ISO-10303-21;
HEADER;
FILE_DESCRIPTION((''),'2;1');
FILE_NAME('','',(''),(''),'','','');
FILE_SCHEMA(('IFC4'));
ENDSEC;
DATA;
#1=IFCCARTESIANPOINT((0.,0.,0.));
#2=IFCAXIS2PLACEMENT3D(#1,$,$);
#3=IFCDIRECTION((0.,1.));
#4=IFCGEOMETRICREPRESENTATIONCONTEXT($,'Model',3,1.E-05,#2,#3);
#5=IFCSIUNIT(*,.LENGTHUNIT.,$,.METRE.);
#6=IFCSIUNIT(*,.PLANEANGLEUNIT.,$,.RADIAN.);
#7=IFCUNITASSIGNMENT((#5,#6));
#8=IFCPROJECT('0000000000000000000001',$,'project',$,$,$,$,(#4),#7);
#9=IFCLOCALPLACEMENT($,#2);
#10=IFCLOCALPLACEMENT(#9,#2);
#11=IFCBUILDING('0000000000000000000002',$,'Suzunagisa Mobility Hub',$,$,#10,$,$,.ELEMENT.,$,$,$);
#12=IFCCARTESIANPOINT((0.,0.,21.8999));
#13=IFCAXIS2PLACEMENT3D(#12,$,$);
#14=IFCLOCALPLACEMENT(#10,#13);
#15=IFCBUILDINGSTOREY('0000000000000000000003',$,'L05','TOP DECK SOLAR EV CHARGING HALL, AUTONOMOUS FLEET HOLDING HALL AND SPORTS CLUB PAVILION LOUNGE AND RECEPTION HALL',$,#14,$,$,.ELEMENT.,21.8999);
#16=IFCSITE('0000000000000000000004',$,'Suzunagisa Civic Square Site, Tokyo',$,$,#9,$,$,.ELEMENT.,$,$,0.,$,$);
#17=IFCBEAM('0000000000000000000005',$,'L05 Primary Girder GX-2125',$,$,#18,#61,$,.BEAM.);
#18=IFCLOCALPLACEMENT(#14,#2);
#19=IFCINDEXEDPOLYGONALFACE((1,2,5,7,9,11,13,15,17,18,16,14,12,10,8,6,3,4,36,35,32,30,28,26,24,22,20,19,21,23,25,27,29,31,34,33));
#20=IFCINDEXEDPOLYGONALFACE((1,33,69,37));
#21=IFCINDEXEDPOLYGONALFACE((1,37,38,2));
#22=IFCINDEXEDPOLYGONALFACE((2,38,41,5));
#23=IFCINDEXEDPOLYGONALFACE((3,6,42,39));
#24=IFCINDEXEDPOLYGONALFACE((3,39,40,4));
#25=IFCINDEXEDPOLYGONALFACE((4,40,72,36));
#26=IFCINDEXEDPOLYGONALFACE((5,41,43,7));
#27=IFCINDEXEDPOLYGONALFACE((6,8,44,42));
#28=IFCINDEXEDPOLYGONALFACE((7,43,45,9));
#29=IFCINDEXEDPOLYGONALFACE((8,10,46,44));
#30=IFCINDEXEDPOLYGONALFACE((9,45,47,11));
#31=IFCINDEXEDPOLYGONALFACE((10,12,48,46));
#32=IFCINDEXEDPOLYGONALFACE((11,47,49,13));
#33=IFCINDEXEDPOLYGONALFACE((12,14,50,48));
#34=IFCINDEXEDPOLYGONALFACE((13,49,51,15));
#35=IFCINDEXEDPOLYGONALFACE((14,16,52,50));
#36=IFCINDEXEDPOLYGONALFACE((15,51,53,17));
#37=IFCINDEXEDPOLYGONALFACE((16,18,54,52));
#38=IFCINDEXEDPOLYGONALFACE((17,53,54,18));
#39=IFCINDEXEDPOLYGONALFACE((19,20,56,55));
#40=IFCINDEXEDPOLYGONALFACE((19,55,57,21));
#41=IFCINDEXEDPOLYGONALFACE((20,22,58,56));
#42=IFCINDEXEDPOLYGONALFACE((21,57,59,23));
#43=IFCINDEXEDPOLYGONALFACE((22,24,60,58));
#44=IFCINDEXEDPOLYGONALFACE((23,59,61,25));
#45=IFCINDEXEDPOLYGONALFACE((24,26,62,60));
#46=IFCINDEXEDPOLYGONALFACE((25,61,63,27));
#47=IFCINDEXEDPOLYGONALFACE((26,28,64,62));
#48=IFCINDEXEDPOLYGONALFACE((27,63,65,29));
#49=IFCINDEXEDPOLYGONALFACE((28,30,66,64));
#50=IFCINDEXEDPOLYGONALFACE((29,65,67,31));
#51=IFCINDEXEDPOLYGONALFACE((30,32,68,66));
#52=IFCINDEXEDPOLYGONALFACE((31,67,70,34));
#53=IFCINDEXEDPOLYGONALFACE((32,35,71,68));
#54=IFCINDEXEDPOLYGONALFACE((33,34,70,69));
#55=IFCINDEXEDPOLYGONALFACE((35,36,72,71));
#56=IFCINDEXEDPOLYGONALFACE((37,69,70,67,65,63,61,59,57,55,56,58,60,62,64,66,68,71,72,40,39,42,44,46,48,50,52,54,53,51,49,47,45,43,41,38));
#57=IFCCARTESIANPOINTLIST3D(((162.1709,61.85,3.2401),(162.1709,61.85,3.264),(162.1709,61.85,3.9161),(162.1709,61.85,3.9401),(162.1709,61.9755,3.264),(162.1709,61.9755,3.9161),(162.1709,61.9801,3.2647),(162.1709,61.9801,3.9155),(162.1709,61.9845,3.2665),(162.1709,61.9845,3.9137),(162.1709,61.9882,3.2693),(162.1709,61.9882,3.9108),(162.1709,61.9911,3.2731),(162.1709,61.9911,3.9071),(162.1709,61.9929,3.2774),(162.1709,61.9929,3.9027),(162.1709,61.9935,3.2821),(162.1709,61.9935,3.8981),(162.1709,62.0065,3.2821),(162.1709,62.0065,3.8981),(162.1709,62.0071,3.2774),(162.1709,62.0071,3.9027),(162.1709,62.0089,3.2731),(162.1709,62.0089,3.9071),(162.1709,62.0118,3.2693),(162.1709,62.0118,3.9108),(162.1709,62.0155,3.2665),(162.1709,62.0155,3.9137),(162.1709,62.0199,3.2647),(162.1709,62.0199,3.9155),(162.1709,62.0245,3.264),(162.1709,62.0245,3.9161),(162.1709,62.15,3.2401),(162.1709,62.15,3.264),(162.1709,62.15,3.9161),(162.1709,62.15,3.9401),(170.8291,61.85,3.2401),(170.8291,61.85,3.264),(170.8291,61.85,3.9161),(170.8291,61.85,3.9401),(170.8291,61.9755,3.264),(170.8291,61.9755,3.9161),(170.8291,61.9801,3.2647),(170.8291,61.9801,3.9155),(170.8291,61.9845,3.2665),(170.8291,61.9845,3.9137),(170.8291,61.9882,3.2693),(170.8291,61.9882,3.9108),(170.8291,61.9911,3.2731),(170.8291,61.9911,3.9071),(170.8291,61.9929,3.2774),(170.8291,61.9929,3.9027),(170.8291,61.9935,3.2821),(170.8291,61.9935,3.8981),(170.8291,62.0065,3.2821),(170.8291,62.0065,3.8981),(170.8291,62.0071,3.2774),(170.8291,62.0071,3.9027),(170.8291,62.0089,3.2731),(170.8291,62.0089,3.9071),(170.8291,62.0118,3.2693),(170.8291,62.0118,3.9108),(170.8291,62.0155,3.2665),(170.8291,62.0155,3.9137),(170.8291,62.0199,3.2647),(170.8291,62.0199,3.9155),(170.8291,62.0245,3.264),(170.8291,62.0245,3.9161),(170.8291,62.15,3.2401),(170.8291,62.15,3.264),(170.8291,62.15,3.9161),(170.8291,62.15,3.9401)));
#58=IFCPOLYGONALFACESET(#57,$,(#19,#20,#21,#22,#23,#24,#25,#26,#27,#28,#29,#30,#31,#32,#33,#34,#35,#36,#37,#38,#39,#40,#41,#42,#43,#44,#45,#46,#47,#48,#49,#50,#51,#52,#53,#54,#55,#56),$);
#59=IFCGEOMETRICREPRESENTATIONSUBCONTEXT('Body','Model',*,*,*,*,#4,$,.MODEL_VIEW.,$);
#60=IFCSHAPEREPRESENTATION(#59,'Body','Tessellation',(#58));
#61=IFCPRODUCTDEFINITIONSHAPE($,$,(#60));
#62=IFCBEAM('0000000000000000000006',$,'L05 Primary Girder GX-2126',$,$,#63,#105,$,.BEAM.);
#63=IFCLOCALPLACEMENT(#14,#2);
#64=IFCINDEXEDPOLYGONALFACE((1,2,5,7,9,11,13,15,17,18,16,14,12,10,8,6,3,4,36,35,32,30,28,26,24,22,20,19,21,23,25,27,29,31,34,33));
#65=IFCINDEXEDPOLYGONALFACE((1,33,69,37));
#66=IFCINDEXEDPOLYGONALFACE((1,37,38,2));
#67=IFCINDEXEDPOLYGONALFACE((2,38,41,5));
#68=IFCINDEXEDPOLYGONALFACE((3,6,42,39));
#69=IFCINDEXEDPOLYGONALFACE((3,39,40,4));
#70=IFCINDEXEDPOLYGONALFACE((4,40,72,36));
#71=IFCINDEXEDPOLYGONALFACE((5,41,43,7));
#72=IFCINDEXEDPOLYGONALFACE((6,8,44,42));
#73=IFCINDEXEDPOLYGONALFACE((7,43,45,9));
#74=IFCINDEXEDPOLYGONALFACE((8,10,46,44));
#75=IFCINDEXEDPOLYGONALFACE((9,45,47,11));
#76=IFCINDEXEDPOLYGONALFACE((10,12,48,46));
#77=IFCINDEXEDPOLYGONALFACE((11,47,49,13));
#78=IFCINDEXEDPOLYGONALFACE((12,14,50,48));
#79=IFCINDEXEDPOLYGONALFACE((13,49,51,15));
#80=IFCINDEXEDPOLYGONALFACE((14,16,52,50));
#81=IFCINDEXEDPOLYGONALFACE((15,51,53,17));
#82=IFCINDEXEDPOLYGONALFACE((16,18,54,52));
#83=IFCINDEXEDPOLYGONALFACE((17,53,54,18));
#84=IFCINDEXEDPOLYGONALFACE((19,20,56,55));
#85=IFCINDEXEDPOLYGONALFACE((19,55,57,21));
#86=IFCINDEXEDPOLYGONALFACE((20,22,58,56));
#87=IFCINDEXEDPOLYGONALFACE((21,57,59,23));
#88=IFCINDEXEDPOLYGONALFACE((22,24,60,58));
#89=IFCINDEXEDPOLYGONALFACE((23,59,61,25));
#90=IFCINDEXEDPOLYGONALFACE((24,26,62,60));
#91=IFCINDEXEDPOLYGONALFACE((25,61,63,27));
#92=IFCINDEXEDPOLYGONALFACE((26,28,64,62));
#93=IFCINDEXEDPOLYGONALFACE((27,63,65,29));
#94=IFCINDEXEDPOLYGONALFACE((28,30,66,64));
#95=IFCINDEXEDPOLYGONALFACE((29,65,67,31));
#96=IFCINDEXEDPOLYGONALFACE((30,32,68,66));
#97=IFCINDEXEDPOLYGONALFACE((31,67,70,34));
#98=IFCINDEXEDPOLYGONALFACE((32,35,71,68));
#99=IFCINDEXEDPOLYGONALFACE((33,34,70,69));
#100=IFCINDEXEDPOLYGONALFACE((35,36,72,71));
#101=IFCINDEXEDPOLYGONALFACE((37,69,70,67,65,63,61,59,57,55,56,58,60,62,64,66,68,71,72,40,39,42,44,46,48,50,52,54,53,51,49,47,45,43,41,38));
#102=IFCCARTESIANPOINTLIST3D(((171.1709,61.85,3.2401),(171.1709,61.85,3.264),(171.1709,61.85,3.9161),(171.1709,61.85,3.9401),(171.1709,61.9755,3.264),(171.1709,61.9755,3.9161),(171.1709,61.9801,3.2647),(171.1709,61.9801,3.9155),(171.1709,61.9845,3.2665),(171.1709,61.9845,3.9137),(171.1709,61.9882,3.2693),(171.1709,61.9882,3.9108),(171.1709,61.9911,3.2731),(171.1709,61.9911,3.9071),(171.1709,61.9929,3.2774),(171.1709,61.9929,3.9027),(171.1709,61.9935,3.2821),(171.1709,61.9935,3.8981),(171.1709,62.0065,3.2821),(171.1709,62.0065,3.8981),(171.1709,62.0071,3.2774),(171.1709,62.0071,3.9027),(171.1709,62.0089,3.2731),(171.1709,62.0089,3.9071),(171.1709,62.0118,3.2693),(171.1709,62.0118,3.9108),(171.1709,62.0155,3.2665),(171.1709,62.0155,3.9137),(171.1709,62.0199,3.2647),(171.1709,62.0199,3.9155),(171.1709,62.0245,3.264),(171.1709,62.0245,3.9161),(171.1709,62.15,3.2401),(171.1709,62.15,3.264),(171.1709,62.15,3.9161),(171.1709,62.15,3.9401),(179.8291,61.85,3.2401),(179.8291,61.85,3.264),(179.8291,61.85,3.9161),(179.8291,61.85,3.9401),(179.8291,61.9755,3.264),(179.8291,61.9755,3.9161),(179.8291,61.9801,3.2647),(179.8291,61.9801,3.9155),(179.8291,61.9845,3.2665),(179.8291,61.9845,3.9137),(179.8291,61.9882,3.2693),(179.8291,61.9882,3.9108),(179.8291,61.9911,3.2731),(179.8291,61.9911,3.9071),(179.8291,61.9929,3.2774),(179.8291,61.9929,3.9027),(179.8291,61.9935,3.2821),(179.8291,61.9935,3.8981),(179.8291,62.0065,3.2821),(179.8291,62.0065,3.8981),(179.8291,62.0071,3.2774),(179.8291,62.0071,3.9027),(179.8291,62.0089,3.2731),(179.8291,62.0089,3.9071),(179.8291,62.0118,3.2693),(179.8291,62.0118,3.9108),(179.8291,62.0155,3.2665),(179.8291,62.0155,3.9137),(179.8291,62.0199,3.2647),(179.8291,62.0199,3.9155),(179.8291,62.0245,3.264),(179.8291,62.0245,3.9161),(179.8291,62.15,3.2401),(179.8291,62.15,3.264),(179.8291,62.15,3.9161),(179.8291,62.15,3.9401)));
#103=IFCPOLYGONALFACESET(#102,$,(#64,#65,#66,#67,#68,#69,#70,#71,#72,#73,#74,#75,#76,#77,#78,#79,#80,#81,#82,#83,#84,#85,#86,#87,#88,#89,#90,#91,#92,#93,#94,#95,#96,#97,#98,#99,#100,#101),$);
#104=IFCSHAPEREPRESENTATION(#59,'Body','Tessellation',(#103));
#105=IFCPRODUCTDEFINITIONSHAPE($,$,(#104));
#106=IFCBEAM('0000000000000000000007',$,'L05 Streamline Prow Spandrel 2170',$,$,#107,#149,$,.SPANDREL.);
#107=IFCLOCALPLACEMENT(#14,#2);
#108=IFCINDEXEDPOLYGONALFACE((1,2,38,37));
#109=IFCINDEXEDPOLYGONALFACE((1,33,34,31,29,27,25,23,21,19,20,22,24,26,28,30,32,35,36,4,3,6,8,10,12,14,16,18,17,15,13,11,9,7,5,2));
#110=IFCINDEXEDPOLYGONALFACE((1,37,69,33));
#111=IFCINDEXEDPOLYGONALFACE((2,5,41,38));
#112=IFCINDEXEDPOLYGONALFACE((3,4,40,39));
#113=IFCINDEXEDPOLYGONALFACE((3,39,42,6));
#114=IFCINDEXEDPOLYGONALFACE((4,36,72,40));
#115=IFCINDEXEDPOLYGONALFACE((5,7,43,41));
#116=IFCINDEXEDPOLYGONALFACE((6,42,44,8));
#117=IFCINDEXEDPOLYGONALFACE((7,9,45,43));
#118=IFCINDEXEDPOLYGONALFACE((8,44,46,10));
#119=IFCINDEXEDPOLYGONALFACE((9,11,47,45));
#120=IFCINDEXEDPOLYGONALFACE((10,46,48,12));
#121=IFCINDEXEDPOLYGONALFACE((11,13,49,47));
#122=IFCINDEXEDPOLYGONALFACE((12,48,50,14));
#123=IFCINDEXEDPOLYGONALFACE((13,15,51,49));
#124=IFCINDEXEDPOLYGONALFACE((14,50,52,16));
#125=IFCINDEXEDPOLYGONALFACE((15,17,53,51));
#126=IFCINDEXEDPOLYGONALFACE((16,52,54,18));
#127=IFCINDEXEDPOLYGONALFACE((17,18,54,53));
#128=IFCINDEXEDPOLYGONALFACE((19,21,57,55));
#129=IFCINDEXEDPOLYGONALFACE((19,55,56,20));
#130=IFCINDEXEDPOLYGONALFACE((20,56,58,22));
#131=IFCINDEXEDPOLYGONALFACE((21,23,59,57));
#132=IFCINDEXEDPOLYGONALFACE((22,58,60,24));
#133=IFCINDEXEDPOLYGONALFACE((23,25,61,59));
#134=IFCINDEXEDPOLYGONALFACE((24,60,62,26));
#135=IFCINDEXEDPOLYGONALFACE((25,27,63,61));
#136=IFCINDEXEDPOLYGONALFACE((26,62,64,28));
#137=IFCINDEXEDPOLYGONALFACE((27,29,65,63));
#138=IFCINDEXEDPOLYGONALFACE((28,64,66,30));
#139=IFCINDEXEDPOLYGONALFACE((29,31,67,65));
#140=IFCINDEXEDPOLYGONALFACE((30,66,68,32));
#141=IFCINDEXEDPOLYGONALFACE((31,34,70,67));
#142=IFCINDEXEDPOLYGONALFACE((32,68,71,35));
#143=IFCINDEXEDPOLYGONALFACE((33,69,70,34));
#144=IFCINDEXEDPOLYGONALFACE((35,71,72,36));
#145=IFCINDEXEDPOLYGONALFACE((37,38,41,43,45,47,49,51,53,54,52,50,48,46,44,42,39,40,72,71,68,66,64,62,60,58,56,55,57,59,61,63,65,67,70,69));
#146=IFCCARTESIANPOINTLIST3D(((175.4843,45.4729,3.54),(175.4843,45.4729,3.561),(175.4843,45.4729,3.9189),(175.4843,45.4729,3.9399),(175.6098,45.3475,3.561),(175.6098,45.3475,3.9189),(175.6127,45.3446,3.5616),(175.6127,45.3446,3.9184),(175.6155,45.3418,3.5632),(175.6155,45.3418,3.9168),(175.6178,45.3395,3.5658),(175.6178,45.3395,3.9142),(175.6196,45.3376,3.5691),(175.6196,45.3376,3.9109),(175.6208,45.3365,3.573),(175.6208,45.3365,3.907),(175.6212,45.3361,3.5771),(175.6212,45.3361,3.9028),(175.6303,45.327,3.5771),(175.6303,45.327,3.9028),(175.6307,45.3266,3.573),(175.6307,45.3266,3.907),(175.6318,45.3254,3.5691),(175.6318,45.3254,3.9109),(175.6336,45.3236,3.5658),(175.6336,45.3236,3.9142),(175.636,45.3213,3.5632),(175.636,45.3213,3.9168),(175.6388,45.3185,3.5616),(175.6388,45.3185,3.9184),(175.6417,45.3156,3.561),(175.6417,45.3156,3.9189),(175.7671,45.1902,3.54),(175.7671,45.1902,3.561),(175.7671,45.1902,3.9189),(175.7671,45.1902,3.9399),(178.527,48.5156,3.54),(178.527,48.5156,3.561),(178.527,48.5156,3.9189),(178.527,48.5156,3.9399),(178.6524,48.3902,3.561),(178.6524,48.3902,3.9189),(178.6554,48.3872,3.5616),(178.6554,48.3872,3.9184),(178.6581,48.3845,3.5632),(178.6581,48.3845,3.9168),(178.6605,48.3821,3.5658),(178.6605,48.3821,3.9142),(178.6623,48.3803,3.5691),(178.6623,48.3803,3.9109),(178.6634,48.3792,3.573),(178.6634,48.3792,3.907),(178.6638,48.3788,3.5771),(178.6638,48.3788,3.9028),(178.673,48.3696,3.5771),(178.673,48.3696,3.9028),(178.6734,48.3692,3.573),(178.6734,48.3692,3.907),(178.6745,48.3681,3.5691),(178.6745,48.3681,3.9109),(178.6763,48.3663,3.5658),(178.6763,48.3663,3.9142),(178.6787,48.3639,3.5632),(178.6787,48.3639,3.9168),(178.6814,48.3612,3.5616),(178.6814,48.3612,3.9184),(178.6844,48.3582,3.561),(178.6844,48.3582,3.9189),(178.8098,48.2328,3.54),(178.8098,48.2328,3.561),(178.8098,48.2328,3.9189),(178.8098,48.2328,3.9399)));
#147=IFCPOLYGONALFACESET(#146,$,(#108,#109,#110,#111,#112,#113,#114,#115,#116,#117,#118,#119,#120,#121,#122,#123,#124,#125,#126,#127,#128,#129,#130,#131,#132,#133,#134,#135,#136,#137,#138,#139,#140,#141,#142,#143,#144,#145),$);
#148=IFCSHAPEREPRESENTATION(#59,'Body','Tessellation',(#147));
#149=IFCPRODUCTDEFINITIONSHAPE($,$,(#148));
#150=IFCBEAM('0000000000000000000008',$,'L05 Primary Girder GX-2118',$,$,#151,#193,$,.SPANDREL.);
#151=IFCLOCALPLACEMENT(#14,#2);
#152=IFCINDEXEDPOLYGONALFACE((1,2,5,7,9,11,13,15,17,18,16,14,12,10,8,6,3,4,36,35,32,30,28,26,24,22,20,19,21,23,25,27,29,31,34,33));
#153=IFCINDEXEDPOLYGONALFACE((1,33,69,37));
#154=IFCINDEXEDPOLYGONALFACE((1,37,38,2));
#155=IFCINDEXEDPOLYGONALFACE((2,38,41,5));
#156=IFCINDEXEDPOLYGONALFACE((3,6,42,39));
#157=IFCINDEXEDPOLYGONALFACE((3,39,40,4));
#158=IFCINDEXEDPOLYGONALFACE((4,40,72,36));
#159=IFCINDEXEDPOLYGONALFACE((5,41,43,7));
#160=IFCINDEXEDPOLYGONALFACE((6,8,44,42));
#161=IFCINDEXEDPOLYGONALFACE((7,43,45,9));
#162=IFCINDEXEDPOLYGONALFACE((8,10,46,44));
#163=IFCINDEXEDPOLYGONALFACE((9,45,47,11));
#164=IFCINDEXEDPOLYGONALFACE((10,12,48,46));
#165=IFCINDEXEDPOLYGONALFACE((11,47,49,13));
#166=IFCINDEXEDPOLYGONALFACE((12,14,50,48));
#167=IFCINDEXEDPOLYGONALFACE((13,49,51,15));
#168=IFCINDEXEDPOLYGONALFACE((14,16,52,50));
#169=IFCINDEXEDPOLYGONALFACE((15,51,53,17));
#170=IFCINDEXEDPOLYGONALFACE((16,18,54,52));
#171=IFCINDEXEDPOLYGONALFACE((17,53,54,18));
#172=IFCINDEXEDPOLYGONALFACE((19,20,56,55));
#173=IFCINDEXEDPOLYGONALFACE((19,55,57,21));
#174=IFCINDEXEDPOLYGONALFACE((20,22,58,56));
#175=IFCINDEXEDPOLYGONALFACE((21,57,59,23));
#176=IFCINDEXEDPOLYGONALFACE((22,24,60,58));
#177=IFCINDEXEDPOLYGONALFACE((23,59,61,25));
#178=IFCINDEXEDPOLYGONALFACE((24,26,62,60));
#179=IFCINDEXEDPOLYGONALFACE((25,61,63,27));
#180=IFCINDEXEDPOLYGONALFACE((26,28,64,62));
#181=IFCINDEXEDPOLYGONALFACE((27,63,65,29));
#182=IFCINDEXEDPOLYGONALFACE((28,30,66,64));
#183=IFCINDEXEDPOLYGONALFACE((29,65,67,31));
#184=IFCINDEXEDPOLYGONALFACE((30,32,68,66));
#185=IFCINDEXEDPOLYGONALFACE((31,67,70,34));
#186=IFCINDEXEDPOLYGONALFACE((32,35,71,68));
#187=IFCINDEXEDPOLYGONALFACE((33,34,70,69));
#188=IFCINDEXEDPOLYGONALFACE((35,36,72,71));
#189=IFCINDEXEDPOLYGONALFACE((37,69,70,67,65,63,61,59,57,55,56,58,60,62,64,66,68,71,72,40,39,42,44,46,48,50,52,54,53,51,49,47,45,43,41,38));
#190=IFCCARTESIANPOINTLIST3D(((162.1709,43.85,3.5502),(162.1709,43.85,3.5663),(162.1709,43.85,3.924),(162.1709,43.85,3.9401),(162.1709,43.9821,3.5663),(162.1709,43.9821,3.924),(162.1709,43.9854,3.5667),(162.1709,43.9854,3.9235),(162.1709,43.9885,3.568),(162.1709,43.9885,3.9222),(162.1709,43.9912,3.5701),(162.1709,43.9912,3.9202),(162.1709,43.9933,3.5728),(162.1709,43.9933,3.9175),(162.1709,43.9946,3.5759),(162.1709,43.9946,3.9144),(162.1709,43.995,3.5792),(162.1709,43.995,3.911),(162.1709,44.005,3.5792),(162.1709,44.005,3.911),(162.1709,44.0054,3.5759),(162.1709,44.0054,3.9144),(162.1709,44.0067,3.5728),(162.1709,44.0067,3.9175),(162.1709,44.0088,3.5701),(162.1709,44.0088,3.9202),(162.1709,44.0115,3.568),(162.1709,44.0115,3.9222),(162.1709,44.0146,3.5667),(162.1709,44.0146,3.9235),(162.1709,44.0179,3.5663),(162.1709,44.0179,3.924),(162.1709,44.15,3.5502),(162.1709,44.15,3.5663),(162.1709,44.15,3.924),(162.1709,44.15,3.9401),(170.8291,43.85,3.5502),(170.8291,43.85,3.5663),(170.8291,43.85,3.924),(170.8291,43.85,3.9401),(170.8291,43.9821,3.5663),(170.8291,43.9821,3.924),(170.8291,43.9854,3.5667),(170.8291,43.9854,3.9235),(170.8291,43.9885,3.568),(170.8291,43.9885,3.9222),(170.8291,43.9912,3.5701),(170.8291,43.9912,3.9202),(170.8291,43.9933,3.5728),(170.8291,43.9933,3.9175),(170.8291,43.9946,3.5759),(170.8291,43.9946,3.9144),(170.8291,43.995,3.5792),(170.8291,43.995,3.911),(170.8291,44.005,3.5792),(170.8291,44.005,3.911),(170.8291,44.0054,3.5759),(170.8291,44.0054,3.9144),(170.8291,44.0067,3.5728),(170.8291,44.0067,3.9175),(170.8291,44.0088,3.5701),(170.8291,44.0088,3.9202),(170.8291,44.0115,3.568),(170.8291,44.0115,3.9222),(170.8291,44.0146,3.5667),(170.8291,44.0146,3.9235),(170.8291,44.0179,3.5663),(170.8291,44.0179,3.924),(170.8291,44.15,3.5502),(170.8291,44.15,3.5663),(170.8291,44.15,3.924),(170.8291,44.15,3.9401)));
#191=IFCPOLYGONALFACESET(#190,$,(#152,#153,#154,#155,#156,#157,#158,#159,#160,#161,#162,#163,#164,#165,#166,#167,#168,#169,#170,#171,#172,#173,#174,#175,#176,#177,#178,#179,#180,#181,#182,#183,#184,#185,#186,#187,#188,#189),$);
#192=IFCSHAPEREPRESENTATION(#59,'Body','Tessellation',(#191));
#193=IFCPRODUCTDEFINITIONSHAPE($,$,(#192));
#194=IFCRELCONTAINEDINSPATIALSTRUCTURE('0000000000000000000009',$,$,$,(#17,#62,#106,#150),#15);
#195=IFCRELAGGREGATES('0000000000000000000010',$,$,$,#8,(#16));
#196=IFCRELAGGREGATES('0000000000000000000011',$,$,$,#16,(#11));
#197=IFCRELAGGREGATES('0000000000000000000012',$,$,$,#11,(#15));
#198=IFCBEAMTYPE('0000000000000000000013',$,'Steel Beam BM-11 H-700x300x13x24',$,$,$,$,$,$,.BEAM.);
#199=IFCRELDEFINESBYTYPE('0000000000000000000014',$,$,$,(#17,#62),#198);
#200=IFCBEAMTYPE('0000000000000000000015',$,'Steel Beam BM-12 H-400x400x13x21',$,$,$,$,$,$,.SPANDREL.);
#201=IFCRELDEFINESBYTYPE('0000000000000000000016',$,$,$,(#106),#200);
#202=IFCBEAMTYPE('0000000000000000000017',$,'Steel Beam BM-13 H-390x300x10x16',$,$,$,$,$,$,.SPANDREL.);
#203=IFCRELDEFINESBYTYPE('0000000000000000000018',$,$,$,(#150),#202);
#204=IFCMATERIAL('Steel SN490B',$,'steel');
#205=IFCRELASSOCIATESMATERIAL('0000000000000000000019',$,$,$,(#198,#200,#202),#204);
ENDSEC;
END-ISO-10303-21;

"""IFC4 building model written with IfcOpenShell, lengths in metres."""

from ifc_helpers import new_model, si_unit, direction, frame, origin, origin_2d, place, context, subcontext, project, spatial, i_section, extrude, material, material_profile, profile_set, type_object, element, save


model = new_model("IFC4")

# Units and contexts
model_context = context("Model", 3, precision=1e-05, world=origin(), true_north=direction((0.0, 1.0)))
body_context = subcontext(model_context, "Body", "Model", "MODEL_VIEW")
ifc_project = project(units=[si_unit("LENGTHUNIT", "METRE"), si_unit("PLANEANGLEUNIT", "RADIAN")], contexts=[model_context])

# Site, building, storey
site_placement = place(None, origin())
site = spatial("IfcSite", under=ifc_project, at=site_placement, Name="Suzunagisa Civic Square Site, Tokyo", CompositionType="ELEMENT", RefElevation=0.0)
building_placement = place(site_placement, origin())
building = spatial("IfcBuilding", under=site, at=building_placement, Name="Suzunagisa Mobility Hub", CompositionType="ELEMENT")
storey_placement = place(building_placement, frame((0.0, 0.0, 21.8999)))
storey = spatial("IfcBuildingStorey", under=building, at=storey_placement, Name="L05", Description="TOP DECK SOLAR EV CHARGING HALL, AUTONOMOUS FLEET HOLDING HALL AND SPORTS CLUB PAVILION LOUNGE AND RECEPTION HALL", CompositionType="ELEMENT", Elevation=21.8999)

# Shared definitions
ifc_material_1 = material(Name="Steel SN490B", Category="steel")

# Beams
ifc_material_profile_1 = material_profile(ifc_material_1, i_section(OverallWidth=0.3, OverallDepth=0.7, WebThickness=0.0129, FlangeThickness=0.0239, FilletRadius=0.0181, at=origin_2d()), Name="H-700x300x13x24")
ifc_profile_set_1 = profile_set([ifc_material_profile_1], Name="Steel SN490B")
beam_type_1 = type_object("IfcBeamType", Name="Steel Beam BM-11 H-700x300x13x24", PredefinedType="BEAM", material=ifc_profile_set_1)
for number, where, z_axis, x_axis, name in (
    (1, (162.1709, 62.0, 3.5901), (1.0, 0.0, 0.0), (0.0, 1.0, 0.0), "L05 Primary Girder GX-2125"),
    (2, (171.1709, 62.0, 3.5901), (1.0, 0.0, 0.0), (0.0, 1.0, 0.0), "L05 Primary Girder GX-2126"),
):
    element("IfcBeam", number, at=place(storey_placement, frame(where, z_axis=z_axis, x_axis=x_axis)), inside=storey, type_object=beam_type_1, Name=name, PredefinedType="BEAM", context=body_context, shape_type="SweptSolid", body=[
        extrude(i_section(OverallWidth=0.3, OverallDepth=0.7, WebThickness=0.0129, FlangeThickness=0.0239, FilletRadius=0.0181, at=origin_2d()), origin(), (0.0, 0.0, 1.0), 8.6582),
    ])
ifc_material_profile_2 = material_profile(ifc_material_1, i_section(OverallWidth=0.3999, OverallDepth=0.3999, WebThickness=0.0129, FlangeThickness=0.021, FilletRadius=0.0161, at=origin_2d()), Name="H-400x400x13x21")
ifc_profile_set_2 = profile_set([ifc_material_profile_2], Name="Steel SN490B")
beam_type_2 = type_object("IfcBeamType", Name="Steel Beam BM-12 H-400x400x13x21", PredefinedType="SPANDREL", material=ifc_profile_set_2)
beam_placement = place(storey_placement, frame((175.6257, 45.3315, 3.74), z_axis=(0.707107, 0.707107, 0.0), x_axis=(-0.707107, 0.707107, 0.0)))
element("IfcBeam", 3, at=beam_placement, inside=storey, type_object=beam_type_2, Name="L05 Streamline Prow Spandrel 2170", PredefinedType="SPANDREL", context=body_context, shape_type="SweptSolid", body=[
    extrude(i_section(OverallWidth=0.3999, OverallDepth=0.3999, WebThickness=0.0129, FlangeThickness=0.021, FilletRadius=0.0161, at=origin_2d()), origin(), (0.0, 0.0, 1.0), 4.303),
])
ifc_material_profile_3 = material_profile(ifc_material_1, i_section(OverallWidth=0.3, OverallDepth=0.3899, WebThickness=0.01, FlangeThickness=0.0161, FilletRadius=0.0129, at=origin_2d()), Name="H-390x300x10x16")
ifc_profile_set_3 = profile_set([ifc_material_profile_3], Name="Steel SN490B")
beam_type_3 = type_object("IfcBeamType", Name="Steel Beam BM-13 H-390x300x10x16", PredefinedType="SPANDREL", material=ifc_profile_set_3)
for number, where, z_axis, x_axis, name in (
    (4, (162.1709, 44.0, 3.7451), (1.0, 0.0, 0.0), (0.0, 1.0, 0.0), "L05 Primary Girder GX-2118"),
):
    element("IfcBeam", number, at=place(storey_placement, frame(where, z_axis=z_axis, x_axis=x_axis)), inside=storey, type_object=beam_type_3, Name=name, PredefinedType="SPANDREL", context=body_context, shape_type="SweptSolid", body=[
        extrude(i_section(OverallWidth=0.3, OverallDepth=0.3899, WebThickness=0.01, FlangeThickness=0.0161, FilletRadius=0.0129, at=origin_2d()), origin(), (0.0, 0.0, 1.0), 8.6582),
    ])

save(model, "model.ifc")
